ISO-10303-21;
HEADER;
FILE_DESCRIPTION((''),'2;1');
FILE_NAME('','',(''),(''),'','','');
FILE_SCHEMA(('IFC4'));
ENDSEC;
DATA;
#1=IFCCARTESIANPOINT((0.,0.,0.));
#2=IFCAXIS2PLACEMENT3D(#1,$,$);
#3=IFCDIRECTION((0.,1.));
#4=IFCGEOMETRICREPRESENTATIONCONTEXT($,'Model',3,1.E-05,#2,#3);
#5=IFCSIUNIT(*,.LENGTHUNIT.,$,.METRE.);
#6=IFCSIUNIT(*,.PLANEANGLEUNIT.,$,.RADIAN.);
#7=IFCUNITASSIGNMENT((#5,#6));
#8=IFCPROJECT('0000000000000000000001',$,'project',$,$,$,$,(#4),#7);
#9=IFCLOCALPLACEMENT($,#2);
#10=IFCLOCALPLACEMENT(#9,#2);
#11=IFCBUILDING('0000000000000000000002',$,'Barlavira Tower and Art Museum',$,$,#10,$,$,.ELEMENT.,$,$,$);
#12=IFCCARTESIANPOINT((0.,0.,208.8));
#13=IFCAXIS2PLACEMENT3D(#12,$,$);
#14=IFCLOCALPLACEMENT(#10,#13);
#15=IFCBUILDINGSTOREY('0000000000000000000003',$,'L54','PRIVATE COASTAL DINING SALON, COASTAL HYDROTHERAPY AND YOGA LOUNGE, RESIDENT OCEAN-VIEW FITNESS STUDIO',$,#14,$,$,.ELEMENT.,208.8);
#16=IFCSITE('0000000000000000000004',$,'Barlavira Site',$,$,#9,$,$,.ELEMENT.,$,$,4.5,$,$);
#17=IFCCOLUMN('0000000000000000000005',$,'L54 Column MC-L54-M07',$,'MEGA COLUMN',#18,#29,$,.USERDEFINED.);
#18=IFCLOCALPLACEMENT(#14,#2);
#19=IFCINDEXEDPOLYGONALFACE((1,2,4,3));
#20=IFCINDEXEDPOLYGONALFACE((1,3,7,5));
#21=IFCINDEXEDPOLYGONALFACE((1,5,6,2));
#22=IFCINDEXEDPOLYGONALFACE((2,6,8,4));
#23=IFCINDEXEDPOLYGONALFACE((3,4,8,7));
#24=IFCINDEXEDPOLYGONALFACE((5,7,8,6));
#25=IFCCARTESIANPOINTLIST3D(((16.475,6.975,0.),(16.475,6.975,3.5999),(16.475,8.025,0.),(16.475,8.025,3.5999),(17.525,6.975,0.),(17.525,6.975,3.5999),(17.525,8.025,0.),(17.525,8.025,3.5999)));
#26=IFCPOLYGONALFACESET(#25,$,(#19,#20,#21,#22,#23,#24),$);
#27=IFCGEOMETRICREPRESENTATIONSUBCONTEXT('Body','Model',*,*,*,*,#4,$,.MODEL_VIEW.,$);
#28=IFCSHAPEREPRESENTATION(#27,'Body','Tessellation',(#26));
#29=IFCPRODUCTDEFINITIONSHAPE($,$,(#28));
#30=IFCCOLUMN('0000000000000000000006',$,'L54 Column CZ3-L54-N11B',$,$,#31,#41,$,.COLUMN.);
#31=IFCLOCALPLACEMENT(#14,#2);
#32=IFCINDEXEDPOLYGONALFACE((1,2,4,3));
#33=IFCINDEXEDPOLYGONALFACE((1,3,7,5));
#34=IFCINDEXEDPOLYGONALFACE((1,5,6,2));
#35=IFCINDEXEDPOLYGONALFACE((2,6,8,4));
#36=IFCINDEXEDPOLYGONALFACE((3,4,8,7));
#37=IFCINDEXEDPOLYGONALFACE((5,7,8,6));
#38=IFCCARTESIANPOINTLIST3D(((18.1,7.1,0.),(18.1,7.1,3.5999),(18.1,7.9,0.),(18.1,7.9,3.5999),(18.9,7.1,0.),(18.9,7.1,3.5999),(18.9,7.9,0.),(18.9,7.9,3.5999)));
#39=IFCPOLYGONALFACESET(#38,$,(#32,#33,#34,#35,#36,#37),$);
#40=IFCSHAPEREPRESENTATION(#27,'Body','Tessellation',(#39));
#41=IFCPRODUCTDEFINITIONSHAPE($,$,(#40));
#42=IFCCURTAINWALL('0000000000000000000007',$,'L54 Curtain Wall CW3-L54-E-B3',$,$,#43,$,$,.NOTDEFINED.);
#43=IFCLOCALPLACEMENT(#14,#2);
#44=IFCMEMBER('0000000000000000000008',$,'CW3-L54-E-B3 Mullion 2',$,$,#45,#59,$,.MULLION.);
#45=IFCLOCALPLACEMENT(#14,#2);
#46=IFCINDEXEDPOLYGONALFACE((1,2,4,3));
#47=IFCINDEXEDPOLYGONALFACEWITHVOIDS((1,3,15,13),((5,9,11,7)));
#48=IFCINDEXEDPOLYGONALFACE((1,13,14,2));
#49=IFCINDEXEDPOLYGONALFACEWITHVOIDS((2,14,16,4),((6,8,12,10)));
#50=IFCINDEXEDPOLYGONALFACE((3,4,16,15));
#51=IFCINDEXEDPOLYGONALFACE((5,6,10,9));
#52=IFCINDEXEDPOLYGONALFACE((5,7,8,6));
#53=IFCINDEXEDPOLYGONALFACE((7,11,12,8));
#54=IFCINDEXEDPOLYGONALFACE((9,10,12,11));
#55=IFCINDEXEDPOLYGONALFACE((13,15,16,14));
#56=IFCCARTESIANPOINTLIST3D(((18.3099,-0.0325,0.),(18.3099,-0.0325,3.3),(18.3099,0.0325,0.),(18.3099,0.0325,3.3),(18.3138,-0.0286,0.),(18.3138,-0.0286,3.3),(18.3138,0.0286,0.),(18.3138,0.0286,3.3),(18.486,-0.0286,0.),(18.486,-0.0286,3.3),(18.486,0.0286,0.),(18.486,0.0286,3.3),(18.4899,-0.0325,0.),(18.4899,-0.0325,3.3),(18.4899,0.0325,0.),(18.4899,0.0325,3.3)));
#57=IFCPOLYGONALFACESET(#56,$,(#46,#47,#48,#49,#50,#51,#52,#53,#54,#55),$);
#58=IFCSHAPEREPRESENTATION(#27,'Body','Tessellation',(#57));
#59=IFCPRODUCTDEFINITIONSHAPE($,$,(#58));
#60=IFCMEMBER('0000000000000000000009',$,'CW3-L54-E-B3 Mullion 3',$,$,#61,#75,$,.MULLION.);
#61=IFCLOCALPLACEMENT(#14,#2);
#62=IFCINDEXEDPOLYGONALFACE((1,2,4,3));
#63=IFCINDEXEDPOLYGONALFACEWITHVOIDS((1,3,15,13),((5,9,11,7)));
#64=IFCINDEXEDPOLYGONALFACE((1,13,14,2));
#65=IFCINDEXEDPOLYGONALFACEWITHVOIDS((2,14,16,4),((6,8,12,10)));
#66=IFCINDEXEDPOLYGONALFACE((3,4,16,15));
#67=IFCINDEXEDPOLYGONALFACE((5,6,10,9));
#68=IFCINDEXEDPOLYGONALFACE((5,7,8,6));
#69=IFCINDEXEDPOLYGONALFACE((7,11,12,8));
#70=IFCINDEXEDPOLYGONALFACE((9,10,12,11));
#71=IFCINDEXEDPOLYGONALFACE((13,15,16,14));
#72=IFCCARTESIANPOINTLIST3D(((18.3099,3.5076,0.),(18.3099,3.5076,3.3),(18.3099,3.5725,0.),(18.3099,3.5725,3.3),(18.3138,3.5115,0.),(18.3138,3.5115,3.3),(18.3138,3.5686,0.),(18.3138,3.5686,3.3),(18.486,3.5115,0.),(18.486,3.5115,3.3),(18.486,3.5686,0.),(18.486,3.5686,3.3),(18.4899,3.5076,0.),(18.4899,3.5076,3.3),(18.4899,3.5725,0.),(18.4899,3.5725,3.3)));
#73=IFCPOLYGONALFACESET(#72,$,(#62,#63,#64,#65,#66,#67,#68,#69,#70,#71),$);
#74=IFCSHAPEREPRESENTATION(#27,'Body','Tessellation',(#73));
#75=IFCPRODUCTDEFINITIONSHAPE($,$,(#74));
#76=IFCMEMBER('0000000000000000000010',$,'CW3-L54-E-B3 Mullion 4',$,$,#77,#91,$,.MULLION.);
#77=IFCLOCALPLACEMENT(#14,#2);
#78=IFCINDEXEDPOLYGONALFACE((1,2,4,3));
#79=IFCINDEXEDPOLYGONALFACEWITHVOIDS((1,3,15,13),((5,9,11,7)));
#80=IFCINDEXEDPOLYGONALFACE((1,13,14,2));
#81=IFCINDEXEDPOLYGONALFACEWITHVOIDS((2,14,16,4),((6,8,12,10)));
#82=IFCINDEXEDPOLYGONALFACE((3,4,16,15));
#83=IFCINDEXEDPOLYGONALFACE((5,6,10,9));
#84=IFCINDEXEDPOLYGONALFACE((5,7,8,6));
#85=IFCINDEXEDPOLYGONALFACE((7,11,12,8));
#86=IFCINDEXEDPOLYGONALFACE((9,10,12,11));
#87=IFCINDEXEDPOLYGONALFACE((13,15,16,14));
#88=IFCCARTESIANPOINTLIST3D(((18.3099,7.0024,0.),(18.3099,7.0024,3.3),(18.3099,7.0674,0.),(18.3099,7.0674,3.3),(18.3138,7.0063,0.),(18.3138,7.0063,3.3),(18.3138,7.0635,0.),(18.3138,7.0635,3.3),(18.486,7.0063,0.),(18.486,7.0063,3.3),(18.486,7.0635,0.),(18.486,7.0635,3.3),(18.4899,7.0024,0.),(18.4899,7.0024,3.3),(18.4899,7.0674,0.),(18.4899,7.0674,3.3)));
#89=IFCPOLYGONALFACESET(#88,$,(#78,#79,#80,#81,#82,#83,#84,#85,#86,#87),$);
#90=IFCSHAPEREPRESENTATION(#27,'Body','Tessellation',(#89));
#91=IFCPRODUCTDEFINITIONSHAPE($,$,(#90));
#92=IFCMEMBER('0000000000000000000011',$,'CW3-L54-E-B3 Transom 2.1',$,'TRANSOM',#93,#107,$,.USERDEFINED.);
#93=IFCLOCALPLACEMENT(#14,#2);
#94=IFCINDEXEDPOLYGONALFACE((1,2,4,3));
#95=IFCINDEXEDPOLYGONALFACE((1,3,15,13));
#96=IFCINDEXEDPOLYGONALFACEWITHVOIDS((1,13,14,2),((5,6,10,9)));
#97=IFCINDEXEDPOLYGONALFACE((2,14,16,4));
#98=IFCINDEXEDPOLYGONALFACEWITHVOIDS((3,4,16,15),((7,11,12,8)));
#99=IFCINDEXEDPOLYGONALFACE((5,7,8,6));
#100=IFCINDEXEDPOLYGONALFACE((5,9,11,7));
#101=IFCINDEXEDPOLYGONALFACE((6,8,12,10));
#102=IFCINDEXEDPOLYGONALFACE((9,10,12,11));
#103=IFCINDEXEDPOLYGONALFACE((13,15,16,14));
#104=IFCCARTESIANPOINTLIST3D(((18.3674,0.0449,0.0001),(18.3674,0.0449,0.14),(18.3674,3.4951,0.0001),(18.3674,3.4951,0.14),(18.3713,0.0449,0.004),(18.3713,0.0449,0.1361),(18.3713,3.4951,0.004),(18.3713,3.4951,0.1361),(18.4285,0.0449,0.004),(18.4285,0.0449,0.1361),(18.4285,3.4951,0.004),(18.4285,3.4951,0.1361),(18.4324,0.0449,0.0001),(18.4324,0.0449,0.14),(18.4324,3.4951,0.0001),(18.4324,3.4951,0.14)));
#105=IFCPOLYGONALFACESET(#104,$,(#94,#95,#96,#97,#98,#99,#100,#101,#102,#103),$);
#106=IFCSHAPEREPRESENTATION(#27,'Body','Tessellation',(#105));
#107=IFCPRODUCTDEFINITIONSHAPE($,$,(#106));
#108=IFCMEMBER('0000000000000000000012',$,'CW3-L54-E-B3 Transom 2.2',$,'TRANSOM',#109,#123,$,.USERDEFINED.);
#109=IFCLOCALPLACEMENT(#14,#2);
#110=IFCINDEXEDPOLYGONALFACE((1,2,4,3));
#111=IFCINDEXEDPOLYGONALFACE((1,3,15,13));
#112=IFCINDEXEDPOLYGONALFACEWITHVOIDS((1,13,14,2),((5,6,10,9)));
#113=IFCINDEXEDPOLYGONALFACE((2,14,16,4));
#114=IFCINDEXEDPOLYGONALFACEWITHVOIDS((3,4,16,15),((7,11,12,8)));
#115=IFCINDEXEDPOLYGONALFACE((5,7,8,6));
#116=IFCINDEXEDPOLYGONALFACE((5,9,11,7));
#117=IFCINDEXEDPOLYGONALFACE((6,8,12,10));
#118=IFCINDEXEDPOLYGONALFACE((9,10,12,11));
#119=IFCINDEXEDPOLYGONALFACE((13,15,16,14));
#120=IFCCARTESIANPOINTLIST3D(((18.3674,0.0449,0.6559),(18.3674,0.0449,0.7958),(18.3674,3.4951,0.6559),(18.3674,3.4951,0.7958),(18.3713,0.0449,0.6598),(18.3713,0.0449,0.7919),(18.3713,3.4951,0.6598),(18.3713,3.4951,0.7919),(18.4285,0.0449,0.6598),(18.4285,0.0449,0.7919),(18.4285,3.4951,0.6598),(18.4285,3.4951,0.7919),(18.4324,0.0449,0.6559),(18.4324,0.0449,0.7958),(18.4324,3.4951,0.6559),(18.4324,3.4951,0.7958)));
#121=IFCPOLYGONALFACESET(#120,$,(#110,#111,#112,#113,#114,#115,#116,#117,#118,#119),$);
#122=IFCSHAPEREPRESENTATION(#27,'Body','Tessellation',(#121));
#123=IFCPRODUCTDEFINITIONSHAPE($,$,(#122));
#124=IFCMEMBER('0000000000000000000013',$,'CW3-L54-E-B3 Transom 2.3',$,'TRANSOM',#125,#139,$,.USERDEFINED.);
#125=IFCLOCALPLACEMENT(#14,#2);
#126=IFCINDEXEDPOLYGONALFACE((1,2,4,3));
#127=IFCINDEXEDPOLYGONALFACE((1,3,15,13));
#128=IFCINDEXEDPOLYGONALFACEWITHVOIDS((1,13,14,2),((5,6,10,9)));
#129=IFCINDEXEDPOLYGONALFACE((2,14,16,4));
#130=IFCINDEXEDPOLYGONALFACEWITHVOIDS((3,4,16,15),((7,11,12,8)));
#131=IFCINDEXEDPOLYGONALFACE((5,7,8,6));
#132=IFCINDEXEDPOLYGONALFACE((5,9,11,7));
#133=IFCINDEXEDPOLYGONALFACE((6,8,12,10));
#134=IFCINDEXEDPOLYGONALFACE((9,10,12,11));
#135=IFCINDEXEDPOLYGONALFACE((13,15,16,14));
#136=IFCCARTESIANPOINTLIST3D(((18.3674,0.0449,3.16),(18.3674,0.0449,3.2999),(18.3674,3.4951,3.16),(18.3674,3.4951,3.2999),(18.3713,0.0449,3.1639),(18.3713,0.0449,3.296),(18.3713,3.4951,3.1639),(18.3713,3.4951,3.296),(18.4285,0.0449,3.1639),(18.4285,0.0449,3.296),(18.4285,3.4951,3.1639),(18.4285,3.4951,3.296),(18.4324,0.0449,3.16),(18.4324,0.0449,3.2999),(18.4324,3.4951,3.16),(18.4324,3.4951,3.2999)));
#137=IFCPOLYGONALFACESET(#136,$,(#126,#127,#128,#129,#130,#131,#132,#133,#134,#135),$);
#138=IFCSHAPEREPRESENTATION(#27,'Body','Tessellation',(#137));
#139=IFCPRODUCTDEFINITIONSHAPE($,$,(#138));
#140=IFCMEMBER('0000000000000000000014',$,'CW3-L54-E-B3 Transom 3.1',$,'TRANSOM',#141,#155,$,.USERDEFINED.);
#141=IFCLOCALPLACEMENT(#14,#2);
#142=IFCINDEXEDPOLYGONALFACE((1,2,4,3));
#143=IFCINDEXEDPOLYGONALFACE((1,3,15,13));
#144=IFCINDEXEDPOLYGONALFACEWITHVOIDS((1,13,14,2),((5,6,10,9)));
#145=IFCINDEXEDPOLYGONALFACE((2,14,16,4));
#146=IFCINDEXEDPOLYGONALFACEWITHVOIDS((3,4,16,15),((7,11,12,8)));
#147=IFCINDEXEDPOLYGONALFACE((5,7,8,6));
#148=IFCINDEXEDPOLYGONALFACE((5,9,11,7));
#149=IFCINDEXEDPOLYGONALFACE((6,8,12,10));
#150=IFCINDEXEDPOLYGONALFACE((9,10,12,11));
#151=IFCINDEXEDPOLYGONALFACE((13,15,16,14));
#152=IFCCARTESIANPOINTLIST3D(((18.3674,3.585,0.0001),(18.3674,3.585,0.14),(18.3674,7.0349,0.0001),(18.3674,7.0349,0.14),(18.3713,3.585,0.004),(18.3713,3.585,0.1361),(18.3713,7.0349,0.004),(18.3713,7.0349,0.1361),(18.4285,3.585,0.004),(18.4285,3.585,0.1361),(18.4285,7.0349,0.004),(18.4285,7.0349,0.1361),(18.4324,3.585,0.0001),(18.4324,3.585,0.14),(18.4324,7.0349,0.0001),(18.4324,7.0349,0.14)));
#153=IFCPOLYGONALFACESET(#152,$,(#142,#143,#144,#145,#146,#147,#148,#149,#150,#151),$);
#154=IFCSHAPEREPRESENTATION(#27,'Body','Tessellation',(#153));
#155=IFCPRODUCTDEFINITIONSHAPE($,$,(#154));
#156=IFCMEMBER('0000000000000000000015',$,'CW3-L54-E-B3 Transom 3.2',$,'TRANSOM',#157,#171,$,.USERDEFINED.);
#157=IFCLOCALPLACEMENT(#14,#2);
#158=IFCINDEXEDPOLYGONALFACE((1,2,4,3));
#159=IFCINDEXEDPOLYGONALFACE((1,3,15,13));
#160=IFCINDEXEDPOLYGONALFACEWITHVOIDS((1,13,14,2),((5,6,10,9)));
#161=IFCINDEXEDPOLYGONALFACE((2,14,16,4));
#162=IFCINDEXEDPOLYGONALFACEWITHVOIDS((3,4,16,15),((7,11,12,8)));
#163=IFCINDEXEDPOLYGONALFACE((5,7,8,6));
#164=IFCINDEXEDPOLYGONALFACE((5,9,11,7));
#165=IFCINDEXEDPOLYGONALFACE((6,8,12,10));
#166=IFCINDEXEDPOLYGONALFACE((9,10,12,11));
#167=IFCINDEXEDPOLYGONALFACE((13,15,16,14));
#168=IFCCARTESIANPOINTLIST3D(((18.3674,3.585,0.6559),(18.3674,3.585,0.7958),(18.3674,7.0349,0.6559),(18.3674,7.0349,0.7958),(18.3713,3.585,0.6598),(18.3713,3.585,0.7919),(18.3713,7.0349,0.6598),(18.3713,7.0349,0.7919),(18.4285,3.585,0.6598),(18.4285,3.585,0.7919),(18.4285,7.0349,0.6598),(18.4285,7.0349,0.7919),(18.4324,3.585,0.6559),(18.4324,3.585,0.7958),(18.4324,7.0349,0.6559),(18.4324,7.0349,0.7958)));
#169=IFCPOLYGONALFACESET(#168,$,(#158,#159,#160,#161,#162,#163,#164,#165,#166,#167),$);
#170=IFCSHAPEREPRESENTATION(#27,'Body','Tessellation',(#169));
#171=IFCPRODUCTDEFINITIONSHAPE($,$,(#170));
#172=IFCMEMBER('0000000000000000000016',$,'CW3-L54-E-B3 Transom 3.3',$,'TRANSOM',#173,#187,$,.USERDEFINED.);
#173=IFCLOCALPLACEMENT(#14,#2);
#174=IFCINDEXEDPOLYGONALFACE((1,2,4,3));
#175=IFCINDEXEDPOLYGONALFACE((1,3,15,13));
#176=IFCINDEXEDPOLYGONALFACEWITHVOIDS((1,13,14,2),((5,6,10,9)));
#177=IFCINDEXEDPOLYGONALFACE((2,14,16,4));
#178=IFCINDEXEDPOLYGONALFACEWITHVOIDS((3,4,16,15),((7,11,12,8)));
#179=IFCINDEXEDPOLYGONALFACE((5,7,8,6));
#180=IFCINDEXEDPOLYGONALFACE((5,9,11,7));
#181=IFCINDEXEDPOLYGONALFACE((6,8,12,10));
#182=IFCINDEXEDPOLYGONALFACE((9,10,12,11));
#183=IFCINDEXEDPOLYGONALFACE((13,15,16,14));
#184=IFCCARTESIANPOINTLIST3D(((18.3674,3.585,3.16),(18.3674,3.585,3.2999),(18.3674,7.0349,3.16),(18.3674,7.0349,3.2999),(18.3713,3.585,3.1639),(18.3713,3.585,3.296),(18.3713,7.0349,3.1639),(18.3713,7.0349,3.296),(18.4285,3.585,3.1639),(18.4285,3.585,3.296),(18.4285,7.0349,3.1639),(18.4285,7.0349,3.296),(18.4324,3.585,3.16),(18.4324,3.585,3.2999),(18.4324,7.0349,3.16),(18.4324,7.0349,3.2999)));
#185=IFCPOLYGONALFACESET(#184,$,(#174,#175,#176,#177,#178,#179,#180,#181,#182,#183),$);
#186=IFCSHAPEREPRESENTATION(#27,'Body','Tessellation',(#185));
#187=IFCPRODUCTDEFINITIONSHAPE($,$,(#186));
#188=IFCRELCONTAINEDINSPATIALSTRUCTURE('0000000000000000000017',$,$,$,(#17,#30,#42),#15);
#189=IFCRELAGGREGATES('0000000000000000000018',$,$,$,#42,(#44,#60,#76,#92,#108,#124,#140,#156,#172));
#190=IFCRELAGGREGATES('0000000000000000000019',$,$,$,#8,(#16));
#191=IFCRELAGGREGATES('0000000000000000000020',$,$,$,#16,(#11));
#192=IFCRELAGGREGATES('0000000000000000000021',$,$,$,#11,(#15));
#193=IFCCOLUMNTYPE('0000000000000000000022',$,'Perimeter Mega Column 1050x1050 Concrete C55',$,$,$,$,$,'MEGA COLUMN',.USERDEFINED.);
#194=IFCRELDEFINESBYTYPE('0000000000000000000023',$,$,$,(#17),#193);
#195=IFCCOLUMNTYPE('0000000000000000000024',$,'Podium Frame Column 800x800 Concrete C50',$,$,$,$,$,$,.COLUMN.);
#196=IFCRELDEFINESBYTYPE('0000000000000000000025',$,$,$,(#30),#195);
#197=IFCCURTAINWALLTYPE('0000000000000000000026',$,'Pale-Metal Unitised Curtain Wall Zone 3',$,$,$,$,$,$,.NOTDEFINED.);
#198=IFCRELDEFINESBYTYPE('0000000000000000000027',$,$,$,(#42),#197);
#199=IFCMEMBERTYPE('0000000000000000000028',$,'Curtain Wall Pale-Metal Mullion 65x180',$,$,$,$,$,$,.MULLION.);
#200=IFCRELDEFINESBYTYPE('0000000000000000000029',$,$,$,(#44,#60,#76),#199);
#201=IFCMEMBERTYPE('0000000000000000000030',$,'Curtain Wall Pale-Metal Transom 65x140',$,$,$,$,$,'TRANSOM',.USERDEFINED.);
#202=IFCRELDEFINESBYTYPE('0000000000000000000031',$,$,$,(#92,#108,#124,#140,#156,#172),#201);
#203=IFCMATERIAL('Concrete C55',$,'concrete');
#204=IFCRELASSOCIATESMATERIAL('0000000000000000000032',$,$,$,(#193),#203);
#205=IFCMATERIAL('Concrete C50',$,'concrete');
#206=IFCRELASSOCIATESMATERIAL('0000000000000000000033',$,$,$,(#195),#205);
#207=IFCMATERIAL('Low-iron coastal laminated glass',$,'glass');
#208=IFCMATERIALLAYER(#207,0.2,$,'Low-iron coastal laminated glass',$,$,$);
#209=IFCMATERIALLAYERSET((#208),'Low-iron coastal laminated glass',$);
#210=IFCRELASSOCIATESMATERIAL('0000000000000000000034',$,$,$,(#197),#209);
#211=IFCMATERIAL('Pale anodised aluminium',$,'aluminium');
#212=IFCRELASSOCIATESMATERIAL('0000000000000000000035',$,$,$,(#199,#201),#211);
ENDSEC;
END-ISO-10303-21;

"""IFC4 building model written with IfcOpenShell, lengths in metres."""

from ifc_helpers import new_model, si_unit, direction, frame, origin, origin_2d, place, context, subcontext, project, spatial, rectangle, hollow_rectangle, extrude, material, layer, layer_set, material_profile, profile_set, type_object, element, aggregate, save


model = new_model("IFC4")

# Units and contexts
model_context = context("Model", 3, precision=1e-05, world=origin(), true_north=direction((0.0, 1.0)))
body_context = subcontext(model_context, "Body", "Model", "MODEL_VIEW")
ifc_project = project(units=[si_unit("LENGTHUNIT", "METRE"), si_unit("PLANEANGLEUNIT", "RADIAN")], contexts=[model_context])

# Site, building, storey
site_placement = place(None, origin())
site = spatial("IfcSite", under=ifc_project, at=site_placement, Name="Barlavira Site", CompositionType="ELEMENT", RefElevation=4.5)
building_placement = place(site_placement, origin())
building = spatial("IfcBuilding", under=site, at=building_placement, Name="Barlavira Tower and Art Museum", CompositionType="ELEMENT")
storey_placement = place(building_placement, frame((0.0, 0.0, 208.8)))
storey = spatial("IfcBuildingStorey", under=building, at=storey_placement, Name="L54", Description="PRIVATE COASTAL DINING SALON, COASTAL HYDROTHERAPY AND YOGA LOUNGE, RESIDENT OCEAN-VIEW FITNESS STUDIO", CompositionType="ELEMENT", Elevation=208.8)

# Columns
ifc_material_1 = material(Name="Concrete C55", Category="concrete")
ifc_material_profile_1 = material_profile(ifc_material_1, rectangle(XDim=1.05, YDim=1.05, at=origin_2d()), Name="RC-COL 1050x1050")
ifc_profile_set_1 = profile_set([ifc_material_profile_1], Name="Concrete C55")
column_type_1 = type_object("IfcColumnType", Name="Perimeter Mega Column 1050x1050 Concrete C55", ElementType="MEGA COLUMN", PredefinedType="USERDEFINED", material=ifc_profile_set_1)
column_1_placement = place(storey_placement, frame((17.0, 7.5, 0.0), z_axis=(0.0, 0.0, 1.0), x_axis=(1.0, 0.0, 0.0)))
element("IfcColumn", 1, at=column_1_placement, inside=storey, type_object=column_type_1, Name="L54 Column MC-L54-M07", ObjectType="MEGA COLUMN", PredefinedType="USERDEFINED", context=body_context, shape_type="SweptSolid", body=[
    extrude(rectangle(XDim=1.05, YDim=1.05, at=origin_2d()), origin(), (0.0, 0.0, 1.0), 3.5999),
])
ifc_material_2 = material(Name="Concrete C50", Category="concrete")
ifc_material_profile_2 = material_profile(ifc_material_2, rectangle(XDim=0.8, YDim=0.8, at=origin_2d()), Name="RC-COL 800x800")
ifc_profile_set_2 = profile_set([ifc_material_profile_2], Name="Concrete C50")
column_type_2 = type_object("IfcColumnType", Name="Podium Frame Column 800x800 Concrete C50", PredefinedType="COLUMN", material=ifc_profile_set_2)
column_2_placement = place(storey_placement, frame((18.5, 7.5, 0.0), z_axis=(0.0, 0.0, 1.0), x_axis=(1.0, 0.0, 0.0)))
element("IfcColumn", 2, at=column_2_placement, inside=storey, type_object=column_type_2, Name="L54 Column CZ3-L54-N11B", PredefinedType="COLUMN", context=body_context, shape_type="SweptSolid", body=[
    extrude(rectangle(XDim=0.8, YDim=0.8, at=origin_2d()), origin(), (0.0, 0.0, 1.0), 3.5999),
])

# Curtain wall, members
ifc_material_3 = material(Name="Low-iron coastal laminated glass", Category="glass")
ifc_layer_1 = layer(ifc_material_3, 0.2, Name="Low-iron coastal laminated glass")
ifc_layer_set_1 = layer_set([ifc_layer_1], Name="Low-iron coastal laminated glass")
curtain_wall_type = type_object("IfcCurtainWallType", Name="Pale-Metal Unitised Curtain Wall Zone 3", PredefinedType="NOTDEFINED", material=ifc_layer_set_1)
curtain_wall_placement = place(storey_placement, origin())
curtain_wall = element("IfcCurtainWall", 3, at=curtain_wall_placement, inside=storey, type_object=curtain_wall_type, Name="L54 Curtain Wall CW3-L54-E-B3", PredefinedType="NOTDEFINED")
ifc_material_4 = material(Name="Pale anodised aluminium", Category="aluminium")
ifc_material_profile_3 = material_profile(ifc_material_4, hollow_rectangle(XDim=0.0649, YDim=0.1799, WallThickness=0.0039, at=origin_2d()), Name="ALU-MULL 65x180x4")
ifc_profile_set_3 = profile_set([ifc_material_profile_3], Name="Pale anodised aluminium")
member_type_1 = type_object("IfcMemberType", Name="Curtain Wall Pale-Metal Mullion 65x180", PredefinedType="MULLION", material=ifc_profile_set_3)
member_1_placement = place(storey_placement, frame((18.3999, 0.0, 0.0), z_axis=(0.0, 0.0, 1.0), x_axis=(0.0, 1.0, 0.0)))
member_1 = element("IfcMember", 4, at=member_1_placement, type_object=member_type_1, Name="CW3-L54-E-B3 Mullion 2", PredefinedType="MULLION", context=body_context, shape_type="SweptSolid", body=[
    extrude(hollow_rectangle(XDim=0.0649, YDim=0.1799, WallThickness=0.0039, at=origin_2d()), origin(), (0.0, 0.0, 1.0), 3.3),
])
member_2_placement = place(storey_placement, frame((18.3999, 3.54, 0.0), z_axis=(0.0, 0.0, 1.0), x_axis=(0.0, 1.0, 0.0)))
member_2 = element("IfcMember", 5, at=member_2_placement, type_object=member_type_1, Name="CW3-L54-E-B3 Mullion 3", PredefinedType="MULLION", context=body_context, shape_type="SweptSolid", body=[
    extrude(hollow_rectangle(XDim=0.0649, YDim=0.1799, WallThickness=0.0039, at=origin_2d()), origin(), (0.0, 0.0, 1.0), 3.3),
])
member_3_placement = place(storey_placement, frame((18.3999, 7.0349, 0.0), z_axis=(0.0, 0.0, 1.0), x_axis=(0.0, 1.0, 0.0)))
member_3 = element("IfcMember", 6, at=member_3_placement, type_object=member_type_1, Name="CW3-L54-E-B3 Mullion 4", PredefinedType="MULLION", context=body_context, shape_type="SweptSolid", body=[
    extrude(hollow_rectangle(XDim=0.0649, YDim=0.1799, WallThickness=0.0039, at=origin_2d()), origin(), (0.0, 0.0, 1.0), 3.3),
])
ifc_material_profile_4 = material_profile(ifc_material_4, hollow_rectangle(XDim=0.0649, YDim=0.1399, WallThickness=0.0039, at=origin_2d()), Name="ALU-TRAN 65x140x4")
ifc_profile_set_4 = profile_set([ifc_material_profile_4], Name="Pale anodised aluminium")
member_type_2 = type_object("IfcMemberType", Name="Curtain Wall Pale-Metal Transom 65x140", ElementType="TRANSOM", PredefinedType="USERDEFINED", material=ifc_profile_set_4)
member_4_placement = place(storey_placement, frame((18.3999, 0.0449, 0.0701), z_axis=(0.0, 1.0, 0.0), x_axis=(-1.0, 0.0, 0.0)))
member_4 = element("IfcMember", 7, at=member_4_placement, type_object=member_type_2, Name="CW3-L54-E-B3 Transom 2.1", ObjectType="TRANSOM", PredefinedType="USERDEFINED", context=body_context, shape_type="SweptSolid", body=[
    extrude(hollow_rectangle(XDim=0.0649, YDim=0.1399, WallThickness=0.0039, at=origin_2d()), origin(), (0.0, 0.0, 1.0), 3.4502),
])
member_5_placement = place(storey_placement, frame((18.3999, 0.0449, 0.7258), z_axis=(0.0, 1.0, 0.0), x_axis=(-1.0, 0.0, 0.0)))
member_5 = element("IfcMember", 8, at=member_5_placement, type_object=member_type_2, Name="CW3-L54-E-B3 Transom 2.2", ObjectType="TRANSOM", PredefinedType="USERDEFINED", context=body_context, shape_type="SweptSolid", body=[
    extrude(hollow_rectangle(XDim=0.0649, YDim=0.1399, WallThickness=0.0039, at=origin_2d()), origin(), (0.0, 0.0, 1.0), 3.4502),
])
member_6_placement = place(storey_placement, frame((18.3999, 0.0449, 3.23), z_axis=(0.0, 1.0, 0.0), x_axis=(-1.0, 0.0, 0.0)))
member_6 = element("IfcMember", 9, at=member_6_placement, type_object=member_type_2, Name="CW3-L54-E-B3 Transom 2.3", ObjectType="TRANSOM", PredefinedType="USERDEFINED", context=body_context, shape_type="SweptSolid", body=[
    extrude(hollow_rectangle(XDim=0.0649, YDim=0.1399, WallThickness=0.0039, at=origin_2d()), origin(), (0.0, 0.0, 1.0), 3.4502),
])
member_7_placement = place(storey_placement, frame((18.3999, 3.585, 0.0701), z_axis=(0.0, 1.0, 0.0), x_axis=(-1.0, 0.0, 0.0)))
member_7 = element("IfcMember", 10, at=member_7_placement, type_object=member_type_2, Name="CW3-L54-E-B3 Transom 3.1", ObjectType="TRANSOM", PredefinedType="USERDEFINED", context=body_context, shape_type="SweptSolid", body=[
    extrude(hollow_rectangle(XDim=0.0649, YDim=0.1399, WallThickness=0.0039, at=origin_2d()), origin(), (0.0, 0.0, 1.0), 3.45),
])
member_8_placement = place(storey_placement, frame((18.3999, 3.585, 0.7258), z_axis=(0.0, 1.0, 0.0), x_axis=(-1.0, 0.0, 0.0)))
member_8 = element("IfcMember", 11, at=member_8_placement, type_object=member_type_2, Name="CW3-L54-E-B3 Transom 3.2", ObjectType="TRANSOM", PredefinedType="USERDEFINED", context=body_context, shape_type="SweptSolid", body=[
    extrude(hollow_rectangle(XDim=0.0649, YDim=0.1399, WallThickness=0.0039, at=origin_2d()), origin(), (0.0, 0.0, 1.0), 3.45),
])
member_9_placement = place(storey_placement, frame((18.3999, 3.585, 3.23), z_axis=(0.0, 1.0, 0.0), x_axis=(-1.0, 0.0, 0.0)))
member_9 = element("IfcMember", 12, at=member_9_placement, type_object=member_type_2, Name="CW3-L54-E-B3 Transom 3.3", ObjectType="TRANSOM", PredefinedType="USERDEFINED", context=body_context, shape_type="SweptSolid", body=[
    extrude(hollow_rectangle(XDim=0.0649, YDim=0.1399, WallThickness=0.0039, at=origin_2d()), origin(), (0.0, 0.0, 1.0), 3.45),
])

aggregate(curtain_wall, [member_1, member_2, member_3, member_4, member_5, member_6, member_7, member_8, member_9])

save(model, "model.ifc")
